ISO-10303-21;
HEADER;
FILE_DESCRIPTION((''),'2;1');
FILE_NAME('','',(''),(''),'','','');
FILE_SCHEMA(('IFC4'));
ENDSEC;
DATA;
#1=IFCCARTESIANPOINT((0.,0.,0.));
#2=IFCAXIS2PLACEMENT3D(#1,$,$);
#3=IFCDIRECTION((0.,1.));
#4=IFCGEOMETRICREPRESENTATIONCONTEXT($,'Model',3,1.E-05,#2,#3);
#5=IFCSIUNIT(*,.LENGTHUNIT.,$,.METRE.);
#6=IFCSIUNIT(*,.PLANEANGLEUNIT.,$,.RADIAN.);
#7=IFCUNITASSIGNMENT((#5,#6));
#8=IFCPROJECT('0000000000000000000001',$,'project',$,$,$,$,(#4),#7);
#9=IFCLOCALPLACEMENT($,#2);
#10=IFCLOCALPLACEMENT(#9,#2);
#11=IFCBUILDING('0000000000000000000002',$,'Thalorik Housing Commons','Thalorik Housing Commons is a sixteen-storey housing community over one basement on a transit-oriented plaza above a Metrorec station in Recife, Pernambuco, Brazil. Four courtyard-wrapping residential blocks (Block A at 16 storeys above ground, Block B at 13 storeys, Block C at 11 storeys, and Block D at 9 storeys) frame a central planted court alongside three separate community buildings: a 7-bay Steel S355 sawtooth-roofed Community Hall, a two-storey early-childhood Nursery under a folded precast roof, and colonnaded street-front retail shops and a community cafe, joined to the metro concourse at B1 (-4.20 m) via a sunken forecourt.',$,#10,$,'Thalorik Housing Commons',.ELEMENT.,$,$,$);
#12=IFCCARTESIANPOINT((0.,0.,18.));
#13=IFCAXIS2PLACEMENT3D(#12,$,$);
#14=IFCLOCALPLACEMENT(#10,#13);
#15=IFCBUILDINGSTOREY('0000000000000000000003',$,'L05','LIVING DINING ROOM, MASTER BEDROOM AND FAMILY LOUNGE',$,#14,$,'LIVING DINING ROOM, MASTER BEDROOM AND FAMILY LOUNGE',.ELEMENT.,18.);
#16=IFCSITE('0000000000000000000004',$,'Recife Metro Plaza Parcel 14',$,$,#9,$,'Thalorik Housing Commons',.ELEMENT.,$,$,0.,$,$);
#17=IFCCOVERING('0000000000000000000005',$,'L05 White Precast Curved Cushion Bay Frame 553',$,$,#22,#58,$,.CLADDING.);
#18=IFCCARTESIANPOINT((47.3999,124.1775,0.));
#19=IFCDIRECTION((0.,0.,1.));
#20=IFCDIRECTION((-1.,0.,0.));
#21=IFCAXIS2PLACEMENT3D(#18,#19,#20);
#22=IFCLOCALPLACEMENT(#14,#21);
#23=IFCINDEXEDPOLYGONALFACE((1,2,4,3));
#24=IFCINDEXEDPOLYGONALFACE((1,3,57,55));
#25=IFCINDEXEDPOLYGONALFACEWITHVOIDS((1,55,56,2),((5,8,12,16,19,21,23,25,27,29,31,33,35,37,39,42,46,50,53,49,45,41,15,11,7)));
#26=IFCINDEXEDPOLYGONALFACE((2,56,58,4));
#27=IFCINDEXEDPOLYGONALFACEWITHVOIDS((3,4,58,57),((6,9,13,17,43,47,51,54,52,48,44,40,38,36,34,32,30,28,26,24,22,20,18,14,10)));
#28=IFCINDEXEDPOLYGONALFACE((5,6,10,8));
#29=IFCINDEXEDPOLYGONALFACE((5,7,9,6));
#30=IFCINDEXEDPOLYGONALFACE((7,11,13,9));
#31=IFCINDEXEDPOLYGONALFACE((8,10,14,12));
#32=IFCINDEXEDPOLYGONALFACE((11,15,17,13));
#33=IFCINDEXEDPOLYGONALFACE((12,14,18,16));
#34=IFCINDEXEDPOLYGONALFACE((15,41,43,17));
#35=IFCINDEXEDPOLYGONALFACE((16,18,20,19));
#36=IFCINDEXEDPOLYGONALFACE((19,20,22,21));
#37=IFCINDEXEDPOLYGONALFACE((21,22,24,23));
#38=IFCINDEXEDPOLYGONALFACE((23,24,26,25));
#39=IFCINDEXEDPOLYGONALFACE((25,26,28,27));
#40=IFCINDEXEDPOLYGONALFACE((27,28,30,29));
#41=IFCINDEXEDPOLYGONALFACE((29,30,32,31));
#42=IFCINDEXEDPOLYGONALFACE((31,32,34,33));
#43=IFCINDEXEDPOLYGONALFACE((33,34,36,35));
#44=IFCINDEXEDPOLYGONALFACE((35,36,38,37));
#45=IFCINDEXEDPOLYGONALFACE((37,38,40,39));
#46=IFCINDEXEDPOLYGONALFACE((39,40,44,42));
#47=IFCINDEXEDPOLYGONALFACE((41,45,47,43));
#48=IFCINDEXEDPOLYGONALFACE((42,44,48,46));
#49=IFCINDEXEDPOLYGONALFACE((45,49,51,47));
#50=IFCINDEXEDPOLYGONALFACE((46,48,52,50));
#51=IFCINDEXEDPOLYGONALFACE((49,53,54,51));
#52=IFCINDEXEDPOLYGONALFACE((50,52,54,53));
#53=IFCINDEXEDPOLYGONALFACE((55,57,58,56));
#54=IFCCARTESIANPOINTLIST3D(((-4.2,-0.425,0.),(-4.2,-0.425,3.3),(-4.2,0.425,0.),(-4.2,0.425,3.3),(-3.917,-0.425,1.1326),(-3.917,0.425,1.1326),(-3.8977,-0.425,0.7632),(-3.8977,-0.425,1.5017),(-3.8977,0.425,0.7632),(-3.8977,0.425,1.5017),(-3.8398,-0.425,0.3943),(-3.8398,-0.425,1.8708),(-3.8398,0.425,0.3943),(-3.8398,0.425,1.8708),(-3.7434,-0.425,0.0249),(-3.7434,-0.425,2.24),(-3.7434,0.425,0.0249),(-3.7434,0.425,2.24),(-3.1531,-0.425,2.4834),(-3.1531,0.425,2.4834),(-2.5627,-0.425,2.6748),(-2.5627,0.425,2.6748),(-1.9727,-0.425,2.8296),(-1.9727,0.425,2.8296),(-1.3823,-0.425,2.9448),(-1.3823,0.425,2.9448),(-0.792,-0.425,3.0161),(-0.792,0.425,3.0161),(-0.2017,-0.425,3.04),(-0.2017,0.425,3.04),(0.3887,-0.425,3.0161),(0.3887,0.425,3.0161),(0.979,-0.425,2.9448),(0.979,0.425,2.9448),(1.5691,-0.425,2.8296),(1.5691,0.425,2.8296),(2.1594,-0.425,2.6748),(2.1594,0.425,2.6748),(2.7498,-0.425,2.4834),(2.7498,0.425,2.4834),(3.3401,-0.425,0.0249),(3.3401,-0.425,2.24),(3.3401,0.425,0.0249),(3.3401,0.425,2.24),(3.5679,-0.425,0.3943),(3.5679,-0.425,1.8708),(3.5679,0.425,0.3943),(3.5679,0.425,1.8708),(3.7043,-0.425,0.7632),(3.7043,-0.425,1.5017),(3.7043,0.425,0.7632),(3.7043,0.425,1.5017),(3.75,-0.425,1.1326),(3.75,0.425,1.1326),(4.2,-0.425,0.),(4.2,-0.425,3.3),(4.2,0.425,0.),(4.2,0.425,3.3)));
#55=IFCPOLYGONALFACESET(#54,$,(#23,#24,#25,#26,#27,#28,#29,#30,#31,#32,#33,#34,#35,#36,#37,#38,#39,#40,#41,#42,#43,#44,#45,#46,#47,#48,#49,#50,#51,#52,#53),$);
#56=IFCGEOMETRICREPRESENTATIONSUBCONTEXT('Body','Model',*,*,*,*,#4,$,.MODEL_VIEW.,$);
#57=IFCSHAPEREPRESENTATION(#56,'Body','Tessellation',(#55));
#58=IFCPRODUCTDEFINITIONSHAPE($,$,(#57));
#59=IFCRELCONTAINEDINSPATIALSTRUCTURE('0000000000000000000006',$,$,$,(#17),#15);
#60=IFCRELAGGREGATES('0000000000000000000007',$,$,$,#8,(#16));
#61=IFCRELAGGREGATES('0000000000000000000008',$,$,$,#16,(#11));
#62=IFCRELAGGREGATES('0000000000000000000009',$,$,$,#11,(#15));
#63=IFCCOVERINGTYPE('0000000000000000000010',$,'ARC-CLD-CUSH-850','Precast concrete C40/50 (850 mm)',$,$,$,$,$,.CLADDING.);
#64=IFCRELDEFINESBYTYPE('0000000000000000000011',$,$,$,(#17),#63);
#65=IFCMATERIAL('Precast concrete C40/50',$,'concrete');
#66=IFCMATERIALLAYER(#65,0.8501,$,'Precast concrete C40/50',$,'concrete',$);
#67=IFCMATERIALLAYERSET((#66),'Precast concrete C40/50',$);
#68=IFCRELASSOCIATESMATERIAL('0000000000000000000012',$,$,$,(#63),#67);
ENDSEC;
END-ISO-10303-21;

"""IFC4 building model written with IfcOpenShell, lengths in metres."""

from ifc_helpers import new_model, si_unit, direction, frame, origin, place, context, subcontext, project, spatial, polyline, outline, extrude, material, layer, layer_set, type_object, element, save


model = new_model("IFC4")

# Units and contexts
model_context = context("Model", 3, precision=1e-05, world=origin(), true_north=direction((0.0, 1.0)))
body_context = subcontext(model_context, "Body", "Model", "MODEL_VIEW")
ifc_project = project(units=[si_unit("LENGTHUNIT", "METRE"), si_unit("PLANEANGLEUNIT", "RADIAN")], contexts=[model_context])

# Site, building, storey
site_placement = place(None, origin())
site = spatial("IfcSite", under=ifc_project, at=site_placement, Name="Recife Metro Plaza Parcel 14", LongName="Thalorik Housing Commons", CompositionType="ELEMENT", RefElevation=0.0)
building_placement = place(site_placement, origin())
building = spatial("IfcBuilding", under=site, at=building_placement, Name="Thalorik Housing Commons", Description="Thalorik Housing Commons is a sixteen-storey housing community over one basement on a transit-oriented plaza above a Metrorec station in Recife, Pernambuco, Brazil. Four courtyard-wrapping residential blocks (Block A at 16 storeys above ground, Block B at 13 storeys, Block C at 11 storeys, and Block D at 9 storeys) frame a central planted court alongside three separate community buildings: a 7-bay Steel S355 sawtooth-roofed Community Hall, a two-storey early-childhood Nursery under a folded precast roof, and colonnaded street-front retail shops and a community cafe, joined to the metro concourse at B1 (-4.20 m) via a sunken forecourt.", LongName="Thalorik Housing Commons", CompositionType="ELEMENT")
storey_placement = place(building_placement, frame((0.0, 0.0, 18.0)))
storey = spatial("IfcBuildingStorey", under=building, at=storey_placement, Name="L05", Description="LIVING DINING ROOM, MASTER BEDROOM AND FAMILY LOUNGE", LongName="LIVING DINING ROOM, MASTER BEDROOM AND FAMILY LOUNGE", CompositionType="ELEMENT", Elevation=18.0)

# Shared definitions
ifc_material_1 = material(Name="Precast concrete C40/50", Category="concrete")

# Covering
ifc_layer_1 = layer(ifc_material_1, 0.8501, Name="Precast concrete C40/50", Category="concrete")
ifc_layer_set_1 = layer_set([ifc_layer_1], Name="Precast concrete C40/50")
covering_type_1 = type_object("IfcCoveringType", Name="ARC-CLD-CUSH-850", Description="Precast concrete C40/50 (850 mm)", PredefinedType="CLADDING", material=ifc_layer_set_1)
covering_1_placement = place(storey_placement, frame((47.3999, 124.1775, 0.0), z_axis=(0.0, 0.0, 1.0), x_axis=(-1.0, 0.0, 0.0)))
element("IfcCovering", 1, at=covering_1_placement, inside=storey, type_object=covering_type_1, Name="L05 White Precast Curved Cushion Bay Frame 553", PredefinedType="CLADDING", context=body_context, shape_type="SweptSolid", body=[
    extrude(outline(polyline([(-4.2, 0.0), (4.2, 0.0), (4.2, 3.3), (-4.2, 3.3), (-4.2, 0.0)]), holes=[polyline([(3.3401, 0.0249), (3.5679, 0.3943), (3.7043, 0.7632), (3.75, 1.1326), (3.7043, 1.5017), (3.5679, 1.8708), (3.3401, 2.24), (2.7498, 2.4834), (2.1594, 2.6748), (1.5691, 2.8296), (0.979, 2.9448), (0.3887, 3.0161), (-0.2017, 3.04), (-0.792, 3.0161), (-1.3823, 2.9448), (-1.9727, 2.8296), (-2.5627, 2.6748), (-3.1531, 2.4834), (-3.7434, 2.24), (-3.8398, 1.8708), (-3.8977, 1.5017), (-3.917, 1.1326), (-3.8977, 0.7632), (-3.8398, 0.3943), (-3.7434, 0.0249), (3.3401, 0.0249)])]), frame((0.0, 0.425, 0.0), z_axis=(0.0, -1.0, 0.0), x_axis=(1.0, 0.0, 0.0)), (0.0, 0.0, 1.0), 0.8501),
])

save(model, "model.ifc")
